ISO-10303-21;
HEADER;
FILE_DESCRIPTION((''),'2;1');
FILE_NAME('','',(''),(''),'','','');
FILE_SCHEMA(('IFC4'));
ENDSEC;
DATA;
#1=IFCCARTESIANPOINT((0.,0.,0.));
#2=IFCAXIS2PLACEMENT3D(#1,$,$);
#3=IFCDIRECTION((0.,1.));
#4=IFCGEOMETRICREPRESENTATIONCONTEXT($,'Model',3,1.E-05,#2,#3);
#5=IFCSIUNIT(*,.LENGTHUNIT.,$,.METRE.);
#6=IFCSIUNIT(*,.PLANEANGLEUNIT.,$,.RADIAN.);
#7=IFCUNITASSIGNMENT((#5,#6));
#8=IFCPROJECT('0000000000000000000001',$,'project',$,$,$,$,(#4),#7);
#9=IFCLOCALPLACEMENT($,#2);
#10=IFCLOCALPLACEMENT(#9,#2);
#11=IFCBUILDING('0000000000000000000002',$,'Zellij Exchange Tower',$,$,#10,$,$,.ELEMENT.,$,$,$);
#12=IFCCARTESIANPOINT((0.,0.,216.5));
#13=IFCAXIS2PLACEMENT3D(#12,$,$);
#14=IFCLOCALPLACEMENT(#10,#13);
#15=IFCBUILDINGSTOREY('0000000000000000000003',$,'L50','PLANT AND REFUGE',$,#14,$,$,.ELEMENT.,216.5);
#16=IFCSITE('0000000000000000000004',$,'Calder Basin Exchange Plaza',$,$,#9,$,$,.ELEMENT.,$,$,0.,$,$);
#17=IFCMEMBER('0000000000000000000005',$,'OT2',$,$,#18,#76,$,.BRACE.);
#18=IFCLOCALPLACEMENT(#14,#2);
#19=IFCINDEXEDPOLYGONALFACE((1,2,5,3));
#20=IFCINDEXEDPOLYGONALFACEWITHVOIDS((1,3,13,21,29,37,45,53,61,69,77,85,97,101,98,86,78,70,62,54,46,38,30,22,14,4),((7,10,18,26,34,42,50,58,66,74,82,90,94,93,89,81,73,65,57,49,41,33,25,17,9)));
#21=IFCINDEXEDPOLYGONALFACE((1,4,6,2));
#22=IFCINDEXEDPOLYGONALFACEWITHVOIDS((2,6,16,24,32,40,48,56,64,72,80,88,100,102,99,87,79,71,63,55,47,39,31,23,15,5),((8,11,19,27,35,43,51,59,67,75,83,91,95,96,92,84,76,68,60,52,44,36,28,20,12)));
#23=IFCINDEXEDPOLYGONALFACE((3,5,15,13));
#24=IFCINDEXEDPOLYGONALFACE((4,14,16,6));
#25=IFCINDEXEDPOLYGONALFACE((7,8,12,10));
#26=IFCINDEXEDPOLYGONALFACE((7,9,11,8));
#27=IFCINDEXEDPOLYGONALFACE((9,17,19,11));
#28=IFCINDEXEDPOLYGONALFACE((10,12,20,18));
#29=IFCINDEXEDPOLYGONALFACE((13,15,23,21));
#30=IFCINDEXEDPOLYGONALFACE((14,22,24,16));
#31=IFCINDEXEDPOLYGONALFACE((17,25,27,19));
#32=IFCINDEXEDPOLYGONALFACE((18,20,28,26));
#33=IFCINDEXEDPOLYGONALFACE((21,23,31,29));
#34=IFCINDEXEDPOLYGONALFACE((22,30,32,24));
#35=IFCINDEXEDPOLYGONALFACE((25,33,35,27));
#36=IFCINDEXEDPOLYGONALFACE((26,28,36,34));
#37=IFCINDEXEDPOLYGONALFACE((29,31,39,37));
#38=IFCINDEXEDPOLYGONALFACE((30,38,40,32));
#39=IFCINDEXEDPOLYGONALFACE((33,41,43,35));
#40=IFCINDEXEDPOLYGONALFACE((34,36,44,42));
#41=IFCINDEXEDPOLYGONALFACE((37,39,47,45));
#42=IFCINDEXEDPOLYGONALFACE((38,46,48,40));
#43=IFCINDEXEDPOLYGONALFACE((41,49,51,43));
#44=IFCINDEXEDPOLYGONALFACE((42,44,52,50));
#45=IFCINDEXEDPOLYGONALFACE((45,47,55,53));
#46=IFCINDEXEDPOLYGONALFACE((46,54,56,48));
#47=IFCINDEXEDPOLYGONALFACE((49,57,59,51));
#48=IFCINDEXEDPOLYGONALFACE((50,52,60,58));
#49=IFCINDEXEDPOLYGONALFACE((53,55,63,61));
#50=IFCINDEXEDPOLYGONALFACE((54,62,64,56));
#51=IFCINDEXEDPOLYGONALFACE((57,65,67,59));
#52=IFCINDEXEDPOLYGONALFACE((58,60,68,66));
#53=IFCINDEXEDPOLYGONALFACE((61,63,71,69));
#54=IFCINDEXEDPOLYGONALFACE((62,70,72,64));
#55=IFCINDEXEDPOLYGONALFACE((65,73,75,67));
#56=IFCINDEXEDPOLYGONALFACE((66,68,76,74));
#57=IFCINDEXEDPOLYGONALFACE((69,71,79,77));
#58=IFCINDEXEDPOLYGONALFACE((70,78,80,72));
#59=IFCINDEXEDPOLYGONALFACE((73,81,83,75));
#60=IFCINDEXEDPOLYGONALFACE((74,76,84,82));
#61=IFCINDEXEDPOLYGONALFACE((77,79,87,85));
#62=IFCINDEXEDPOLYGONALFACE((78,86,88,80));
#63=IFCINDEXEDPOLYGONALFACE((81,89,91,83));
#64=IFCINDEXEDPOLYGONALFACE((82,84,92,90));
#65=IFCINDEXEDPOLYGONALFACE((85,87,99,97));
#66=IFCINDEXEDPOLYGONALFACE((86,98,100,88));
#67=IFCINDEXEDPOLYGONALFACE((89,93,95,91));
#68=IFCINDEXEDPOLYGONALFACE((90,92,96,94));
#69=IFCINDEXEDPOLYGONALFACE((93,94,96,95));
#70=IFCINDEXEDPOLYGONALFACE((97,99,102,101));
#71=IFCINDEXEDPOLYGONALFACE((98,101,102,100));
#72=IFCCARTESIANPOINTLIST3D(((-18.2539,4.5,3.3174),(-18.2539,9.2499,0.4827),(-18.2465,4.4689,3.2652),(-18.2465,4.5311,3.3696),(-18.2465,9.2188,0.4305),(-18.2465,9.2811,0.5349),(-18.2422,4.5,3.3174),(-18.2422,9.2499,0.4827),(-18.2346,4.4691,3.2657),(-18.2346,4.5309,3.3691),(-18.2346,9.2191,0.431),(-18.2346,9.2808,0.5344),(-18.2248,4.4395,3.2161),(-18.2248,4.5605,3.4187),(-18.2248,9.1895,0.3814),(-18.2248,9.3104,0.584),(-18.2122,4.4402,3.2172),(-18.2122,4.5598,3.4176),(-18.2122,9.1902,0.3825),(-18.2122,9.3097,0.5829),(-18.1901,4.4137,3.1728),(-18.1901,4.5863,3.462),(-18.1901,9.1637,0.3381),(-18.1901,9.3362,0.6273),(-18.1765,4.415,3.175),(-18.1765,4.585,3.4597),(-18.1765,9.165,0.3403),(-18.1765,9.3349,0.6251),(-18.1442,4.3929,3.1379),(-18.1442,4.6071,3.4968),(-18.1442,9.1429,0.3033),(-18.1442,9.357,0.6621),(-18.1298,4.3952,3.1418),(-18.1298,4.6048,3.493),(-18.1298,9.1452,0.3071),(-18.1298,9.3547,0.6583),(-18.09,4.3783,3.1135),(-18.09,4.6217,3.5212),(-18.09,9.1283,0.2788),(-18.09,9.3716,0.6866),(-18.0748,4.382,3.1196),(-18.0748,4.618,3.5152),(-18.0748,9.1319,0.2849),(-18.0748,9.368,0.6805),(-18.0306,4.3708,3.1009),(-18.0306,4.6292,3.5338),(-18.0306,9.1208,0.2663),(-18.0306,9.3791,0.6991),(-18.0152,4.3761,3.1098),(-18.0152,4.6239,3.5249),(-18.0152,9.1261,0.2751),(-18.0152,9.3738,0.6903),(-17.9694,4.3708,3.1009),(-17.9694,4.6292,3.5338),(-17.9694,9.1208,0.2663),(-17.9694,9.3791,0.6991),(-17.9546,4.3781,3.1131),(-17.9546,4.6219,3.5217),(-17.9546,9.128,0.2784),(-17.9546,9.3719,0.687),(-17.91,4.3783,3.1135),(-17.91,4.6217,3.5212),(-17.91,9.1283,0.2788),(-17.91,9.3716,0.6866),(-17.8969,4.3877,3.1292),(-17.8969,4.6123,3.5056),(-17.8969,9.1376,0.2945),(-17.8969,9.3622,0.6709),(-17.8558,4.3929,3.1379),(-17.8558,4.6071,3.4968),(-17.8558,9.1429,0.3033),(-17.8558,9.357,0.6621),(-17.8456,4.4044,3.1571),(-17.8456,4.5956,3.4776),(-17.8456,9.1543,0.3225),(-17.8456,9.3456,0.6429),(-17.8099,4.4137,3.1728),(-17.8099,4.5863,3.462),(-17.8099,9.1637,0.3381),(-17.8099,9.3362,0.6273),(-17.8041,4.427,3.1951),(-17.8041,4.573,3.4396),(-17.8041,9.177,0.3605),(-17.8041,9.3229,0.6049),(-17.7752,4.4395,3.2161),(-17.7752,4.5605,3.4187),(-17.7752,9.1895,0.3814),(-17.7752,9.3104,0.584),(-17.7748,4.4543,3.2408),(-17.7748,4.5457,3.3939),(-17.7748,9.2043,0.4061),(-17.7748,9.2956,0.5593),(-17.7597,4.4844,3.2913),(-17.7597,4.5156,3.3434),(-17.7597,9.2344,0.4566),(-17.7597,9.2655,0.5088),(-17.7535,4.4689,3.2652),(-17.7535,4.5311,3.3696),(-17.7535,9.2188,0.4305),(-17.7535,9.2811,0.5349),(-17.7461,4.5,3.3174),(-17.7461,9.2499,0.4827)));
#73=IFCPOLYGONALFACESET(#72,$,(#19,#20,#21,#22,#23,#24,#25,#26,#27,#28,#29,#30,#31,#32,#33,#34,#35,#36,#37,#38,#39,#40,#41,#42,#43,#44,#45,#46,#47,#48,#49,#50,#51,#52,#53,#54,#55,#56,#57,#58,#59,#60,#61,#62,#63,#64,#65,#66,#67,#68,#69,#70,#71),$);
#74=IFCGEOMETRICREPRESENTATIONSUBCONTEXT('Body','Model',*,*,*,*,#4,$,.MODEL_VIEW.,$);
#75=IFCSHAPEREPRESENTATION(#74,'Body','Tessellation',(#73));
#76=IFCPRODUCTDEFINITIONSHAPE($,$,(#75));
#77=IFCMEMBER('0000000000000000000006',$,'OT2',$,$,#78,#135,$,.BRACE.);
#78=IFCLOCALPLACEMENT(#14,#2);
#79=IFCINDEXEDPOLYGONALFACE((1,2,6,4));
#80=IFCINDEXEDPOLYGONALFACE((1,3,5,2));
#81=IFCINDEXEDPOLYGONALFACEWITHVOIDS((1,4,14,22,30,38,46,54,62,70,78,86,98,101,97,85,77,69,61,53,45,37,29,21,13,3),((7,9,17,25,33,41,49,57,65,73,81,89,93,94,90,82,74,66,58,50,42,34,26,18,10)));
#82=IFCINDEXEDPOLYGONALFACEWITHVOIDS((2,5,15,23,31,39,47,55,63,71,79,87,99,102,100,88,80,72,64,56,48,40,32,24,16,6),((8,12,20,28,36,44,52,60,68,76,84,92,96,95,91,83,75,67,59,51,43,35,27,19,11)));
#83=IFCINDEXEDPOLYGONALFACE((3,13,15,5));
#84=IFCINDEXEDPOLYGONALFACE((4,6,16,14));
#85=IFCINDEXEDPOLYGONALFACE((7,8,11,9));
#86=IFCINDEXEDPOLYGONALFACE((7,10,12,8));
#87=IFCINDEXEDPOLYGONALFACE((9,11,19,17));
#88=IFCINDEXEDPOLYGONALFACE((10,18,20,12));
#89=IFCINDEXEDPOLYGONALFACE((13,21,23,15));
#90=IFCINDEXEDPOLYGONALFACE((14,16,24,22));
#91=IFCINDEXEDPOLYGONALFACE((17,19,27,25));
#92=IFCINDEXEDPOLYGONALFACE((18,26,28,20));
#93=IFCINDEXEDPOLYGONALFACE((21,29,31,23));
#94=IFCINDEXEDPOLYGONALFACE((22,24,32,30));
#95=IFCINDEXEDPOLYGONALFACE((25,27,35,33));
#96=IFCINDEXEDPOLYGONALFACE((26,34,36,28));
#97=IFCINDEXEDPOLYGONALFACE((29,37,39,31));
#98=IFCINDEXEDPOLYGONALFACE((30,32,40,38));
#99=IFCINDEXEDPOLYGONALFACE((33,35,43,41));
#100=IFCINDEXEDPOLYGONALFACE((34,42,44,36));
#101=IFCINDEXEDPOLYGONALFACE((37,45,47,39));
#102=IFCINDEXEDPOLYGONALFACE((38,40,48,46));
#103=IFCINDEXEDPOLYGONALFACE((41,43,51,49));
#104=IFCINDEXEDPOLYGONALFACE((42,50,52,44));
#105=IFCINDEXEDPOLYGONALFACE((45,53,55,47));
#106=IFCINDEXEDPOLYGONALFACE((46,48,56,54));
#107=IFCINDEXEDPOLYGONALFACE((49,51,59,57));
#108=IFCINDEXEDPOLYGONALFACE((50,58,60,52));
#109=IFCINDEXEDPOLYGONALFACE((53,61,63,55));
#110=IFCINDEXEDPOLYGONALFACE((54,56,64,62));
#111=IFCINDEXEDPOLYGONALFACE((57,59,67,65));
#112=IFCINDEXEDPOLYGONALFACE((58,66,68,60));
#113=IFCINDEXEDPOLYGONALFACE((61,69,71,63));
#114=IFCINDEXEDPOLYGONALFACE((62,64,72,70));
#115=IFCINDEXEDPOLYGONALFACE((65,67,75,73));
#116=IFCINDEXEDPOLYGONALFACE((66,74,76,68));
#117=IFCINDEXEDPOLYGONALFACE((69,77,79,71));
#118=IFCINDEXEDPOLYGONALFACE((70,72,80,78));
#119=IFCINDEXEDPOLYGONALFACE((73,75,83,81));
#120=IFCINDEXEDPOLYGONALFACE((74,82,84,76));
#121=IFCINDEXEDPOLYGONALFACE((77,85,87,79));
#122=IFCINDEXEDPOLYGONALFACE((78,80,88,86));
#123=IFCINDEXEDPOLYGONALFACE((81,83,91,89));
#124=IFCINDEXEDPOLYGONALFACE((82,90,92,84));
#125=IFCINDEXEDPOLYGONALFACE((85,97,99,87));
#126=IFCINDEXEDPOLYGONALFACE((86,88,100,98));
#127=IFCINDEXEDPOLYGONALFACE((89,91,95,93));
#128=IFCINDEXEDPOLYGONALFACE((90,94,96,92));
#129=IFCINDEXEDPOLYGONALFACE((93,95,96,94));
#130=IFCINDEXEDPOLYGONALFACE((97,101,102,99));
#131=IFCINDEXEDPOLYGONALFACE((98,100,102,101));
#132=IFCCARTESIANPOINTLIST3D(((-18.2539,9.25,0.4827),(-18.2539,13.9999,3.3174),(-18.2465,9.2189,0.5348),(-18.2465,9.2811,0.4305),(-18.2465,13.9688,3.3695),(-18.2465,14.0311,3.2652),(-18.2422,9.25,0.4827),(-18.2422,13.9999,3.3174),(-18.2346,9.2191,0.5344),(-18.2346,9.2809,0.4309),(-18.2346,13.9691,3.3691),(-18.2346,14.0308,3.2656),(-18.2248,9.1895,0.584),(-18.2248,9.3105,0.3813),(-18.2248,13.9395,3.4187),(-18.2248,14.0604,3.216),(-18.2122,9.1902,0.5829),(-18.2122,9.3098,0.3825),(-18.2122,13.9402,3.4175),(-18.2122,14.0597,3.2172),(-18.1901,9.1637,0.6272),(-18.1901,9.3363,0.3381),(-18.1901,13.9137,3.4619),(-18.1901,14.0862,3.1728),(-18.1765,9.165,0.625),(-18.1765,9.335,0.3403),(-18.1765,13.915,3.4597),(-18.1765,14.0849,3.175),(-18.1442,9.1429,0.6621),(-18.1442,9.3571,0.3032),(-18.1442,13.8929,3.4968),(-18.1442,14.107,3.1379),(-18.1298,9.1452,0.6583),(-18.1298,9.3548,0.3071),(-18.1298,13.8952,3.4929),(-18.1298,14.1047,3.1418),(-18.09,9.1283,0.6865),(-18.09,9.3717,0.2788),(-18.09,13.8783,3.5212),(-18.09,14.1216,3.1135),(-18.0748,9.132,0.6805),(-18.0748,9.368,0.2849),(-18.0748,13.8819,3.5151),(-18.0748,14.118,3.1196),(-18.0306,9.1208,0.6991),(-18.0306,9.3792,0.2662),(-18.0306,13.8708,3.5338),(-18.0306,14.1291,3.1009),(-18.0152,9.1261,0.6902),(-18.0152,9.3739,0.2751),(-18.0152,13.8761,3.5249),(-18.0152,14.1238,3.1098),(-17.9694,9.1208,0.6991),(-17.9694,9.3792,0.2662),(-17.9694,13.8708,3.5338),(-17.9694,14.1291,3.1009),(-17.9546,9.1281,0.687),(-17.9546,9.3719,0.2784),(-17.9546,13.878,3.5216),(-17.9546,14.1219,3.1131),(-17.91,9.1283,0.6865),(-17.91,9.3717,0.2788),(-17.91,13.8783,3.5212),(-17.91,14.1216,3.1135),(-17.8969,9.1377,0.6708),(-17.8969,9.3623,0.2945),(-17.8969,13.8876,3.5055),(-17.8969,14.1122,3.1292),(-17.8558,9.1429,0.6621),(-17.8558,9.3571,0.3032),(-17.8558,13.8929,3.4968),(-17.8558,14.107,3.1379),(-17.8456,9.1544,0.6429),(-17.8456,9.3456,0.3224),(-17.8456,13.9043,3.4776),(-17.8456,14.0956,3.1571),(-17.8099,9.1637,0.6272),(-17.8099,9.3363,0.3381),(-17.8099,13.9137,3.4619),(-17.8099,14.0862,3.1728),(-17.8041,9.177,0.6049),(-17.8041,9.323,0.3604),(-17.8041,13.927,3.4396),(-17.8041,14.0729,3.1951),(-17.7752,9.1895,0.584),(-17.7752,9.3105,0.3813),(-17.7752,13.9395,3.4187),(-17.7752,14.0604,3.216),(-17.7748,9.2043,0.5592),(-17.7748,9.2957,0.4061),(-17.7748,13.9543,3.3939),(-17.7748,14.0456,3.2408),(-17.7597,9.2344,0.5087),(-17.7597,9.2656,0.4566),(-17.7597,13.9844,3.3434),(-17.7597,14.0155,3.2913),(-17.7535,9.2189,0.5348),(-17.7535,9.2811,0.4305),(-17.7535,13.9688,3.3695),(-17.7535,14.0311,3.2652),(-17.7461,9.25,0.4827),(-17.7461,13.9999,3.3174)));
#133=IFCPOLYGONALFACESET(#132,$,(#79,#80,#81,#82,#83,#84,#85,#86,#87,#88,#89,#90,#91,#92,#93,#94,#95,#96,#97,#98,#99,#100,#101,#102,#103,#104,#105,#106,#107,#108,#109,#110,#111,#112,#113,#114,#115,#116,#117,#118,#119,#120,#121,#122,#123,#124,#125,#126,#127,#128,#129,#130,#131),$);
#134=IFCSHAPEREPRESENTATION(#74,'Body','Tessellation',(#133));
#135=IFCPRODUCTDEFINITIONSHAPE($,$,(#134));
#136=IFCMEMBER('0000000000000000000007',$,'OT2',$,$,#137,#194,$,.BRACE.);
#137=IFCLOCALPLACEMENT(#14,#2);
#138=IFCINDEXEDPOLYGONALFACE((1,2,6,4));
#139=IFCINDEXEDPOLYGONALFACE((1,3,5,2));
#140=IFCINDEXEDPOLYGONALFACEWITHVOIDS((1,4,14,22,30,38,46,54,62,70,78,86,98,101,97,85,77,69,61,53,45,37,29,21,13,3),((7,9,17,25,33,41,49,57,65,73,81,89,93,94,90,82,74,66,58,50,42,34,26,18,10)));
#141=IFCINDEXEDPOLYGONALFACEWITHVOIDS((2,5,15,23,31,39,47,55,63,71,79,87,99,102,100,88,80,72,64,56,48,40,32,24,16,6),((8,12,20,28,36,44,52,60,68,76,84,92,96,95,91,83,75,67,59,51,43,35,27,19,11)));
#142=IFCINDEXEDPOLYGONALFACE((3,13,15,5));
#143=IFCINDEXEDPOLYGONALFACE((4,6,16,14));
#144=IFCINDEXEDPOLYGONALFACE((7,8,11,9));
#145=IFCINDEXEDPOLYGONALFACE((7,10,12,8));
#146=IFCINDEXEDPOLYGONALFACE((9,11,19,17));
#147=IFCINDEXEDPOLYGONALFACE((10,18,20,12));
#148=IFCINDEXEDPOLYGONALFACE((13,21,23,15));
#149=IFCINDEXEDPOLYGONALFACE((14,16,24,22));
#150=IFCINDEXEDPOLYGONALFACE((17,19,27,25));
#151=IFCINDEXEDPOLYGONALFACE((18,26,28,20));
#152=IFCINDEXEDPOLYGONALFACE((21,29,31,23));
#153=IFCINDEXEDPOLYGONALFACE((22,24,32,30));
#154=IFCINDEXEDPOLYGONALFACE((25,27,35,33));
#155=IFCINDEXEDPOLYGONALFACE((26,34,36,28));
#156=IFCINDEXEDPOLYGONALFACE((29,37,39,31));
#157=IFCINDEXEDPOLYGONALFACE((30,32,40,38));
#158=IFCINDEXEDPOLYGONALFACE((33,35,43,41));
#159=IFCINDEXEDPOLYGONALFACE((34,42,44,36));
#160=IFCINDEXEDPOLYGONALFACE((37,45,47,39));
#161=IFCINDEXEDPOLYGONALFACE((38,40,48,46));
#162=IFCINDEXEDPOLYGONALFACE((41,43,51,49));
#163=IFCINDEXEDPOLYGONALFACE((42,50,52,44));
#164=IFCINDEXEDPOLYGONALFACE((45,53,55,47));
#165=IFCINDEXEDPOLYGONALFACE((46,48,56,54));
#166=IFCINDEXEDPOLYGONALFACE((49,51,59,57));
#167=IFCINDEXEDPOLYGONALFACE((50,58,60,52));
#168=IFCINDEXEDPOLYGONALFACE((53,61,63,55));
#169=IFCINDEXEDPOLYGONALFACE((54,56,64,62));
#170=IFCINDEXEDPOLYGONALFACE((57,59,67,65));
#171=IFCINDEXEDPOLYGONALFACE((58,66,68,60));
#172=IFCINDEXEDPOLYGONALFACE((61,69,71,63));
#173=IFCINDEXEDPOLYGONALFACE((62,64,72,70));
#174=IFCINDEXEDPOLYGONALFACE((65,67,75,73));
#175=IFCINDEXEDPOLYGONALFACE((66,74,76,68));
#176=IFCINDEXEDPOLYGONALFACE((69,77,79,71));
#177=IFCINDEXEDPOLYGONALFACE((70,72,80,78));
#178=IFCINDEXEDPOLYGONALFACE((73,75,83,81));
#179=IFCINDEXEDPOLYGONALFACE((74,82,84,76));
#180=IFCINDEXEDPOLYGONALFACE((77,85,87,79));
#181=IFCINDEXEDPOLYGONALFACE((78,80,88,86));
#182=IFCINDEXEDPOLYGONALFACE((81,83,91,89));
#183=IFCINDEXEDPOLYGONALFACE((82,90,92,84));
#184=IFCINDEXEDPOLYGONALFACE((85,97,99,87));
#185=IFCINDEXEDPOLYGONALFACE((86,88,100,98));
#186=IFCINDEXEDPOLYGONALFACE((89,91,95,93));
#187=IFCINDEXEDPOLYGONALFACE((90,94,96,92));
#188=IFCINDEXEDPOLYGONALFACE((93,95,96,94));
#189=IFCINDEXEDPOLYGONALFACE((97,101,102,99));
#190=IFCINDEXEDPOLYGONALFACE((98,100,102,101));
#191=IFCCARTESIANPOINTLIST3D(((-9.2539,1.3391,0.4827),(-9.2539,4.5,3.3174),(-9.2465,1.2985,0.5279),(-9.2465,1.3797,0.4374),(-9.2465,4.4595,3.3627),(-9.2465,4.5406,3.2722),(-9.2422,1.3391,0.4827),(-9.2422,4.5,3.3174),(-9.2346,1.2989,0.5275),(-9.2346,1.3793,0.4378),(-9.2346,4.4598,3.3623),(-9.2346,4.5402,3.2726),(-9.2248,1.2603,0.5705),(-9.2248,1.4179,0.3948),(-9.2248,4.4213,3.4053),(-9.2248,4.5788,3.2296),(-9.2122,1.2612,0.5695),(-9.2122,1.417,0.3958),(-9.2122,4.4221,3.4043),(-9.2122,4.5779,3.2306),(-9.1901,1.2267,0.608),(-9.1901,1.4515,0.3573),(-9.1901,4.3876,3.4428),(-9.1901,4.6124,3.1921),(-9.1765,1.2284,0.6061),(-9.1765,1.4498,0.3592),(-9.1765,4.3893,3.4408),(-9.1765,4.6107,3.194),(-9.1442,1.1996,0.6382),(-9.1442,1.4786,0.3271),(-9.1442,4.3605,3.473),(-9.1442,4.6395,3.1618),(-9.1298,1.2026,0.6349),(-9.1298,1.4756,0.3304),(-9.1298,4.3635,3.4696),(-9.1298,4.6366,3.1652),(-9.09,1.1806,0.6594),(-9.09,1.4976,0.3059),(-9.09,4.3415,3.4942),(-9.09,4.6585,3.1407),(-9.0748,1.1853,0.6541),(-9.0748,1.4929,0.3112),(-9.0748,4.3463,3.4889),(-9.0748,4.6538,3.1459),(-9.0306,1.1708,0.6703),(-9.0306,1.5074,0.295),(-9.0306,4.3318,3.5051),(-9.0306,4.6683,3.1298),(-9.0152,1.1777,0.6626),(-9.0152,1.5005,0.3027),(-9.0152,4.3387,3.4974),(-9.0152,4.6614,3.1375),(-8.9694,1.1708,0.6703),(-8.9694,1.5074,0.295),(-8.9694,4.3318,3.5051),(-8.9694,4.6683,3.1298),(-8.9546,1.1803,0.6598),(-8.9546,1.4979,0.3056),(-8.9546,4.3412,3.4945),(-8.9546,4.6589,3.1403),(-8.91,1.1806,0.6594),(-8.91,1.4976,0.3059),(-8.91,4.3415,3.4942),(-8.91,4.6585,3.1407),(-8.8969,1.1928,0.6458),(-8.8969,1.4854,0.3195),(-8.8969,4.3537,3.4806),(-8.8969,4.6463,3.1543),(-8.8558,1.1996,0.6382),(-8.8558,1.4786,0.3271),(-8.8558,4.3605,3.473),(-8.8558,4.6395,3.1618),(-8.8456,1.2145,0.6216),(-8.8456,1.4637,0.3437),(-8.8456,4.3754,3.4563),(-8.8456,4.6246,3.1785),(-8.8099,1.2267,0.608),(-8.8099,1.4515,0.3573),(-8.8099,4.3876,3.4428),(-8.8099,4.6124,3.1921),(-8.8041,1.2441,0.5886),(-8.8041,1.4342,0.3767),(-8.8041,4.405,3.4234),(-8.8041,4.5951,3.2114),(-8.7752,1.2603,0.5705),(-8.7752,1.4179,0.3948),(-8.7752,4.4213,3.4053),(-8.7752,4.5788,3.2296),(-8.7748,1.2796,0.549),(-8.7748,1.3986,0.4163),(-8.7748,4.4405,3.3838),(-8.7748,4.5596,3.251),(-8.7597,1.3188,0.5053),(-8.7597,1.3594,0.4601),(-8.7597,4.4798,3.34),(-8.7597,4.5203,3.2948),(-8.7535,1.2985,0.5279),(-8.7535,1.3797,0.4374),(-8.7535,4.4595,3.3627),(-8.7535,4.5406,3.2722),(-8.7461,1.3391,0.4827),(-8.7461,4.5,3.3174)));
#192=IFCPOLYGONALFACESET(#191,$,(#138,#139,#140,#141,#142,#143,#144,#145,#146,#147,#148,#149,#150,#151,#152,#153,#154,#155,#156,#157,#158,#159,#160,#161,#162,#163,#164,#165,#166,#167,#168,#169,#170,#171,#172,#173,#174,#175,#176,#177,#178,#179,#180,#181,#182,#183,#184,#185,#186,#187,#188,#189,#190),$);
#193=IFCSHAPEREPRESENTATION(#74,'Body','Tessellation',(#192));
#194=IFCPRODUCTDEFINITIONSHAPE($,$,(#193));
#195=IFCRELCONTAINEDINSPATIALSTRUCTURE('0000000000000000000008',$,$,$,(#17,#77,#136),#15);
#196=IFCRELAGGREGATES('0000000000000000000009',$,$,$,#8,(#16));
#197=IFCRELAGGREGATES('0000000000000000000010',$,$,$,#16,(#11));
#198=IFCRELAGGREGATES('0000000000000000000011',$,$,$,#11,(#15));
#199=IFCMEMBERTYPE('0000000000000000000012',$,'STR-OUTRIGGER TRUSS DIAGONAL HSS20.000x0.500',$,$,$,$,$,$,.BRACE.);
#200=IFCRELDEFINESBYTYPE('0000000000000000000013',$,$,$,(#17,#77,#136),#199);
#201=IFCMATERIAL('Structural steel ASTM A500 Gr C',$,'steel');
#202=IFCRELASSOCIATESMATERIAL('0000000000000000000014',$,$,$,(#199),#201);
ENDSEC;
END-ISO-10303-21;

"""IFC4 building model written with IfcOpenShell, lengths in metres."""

from ifc_helpers import new_model, si_unit, direction, frame, origin, origin_2d, place, context, subcontext, project, spatial, hollow_circle, extrude, material, material_profile, profile_set, type_object, element, save


model = new_model("IFC4")

# Units and contexts
model_context = context("Model", 3, precision=1e-05, world=origin(), true_north=direction((0.0, 1.0)))
body_context = subcontext(model_context, "Body", "Model", "MODEL_VIEW")
ifc_project = project(units=[si_unit("LENGTHUNIT", "METRE"), si_unit("PLANEANGLEUNIT", "RADIAN")], contexts=[model_context])

# Site, building, storey
site_placement = place(None, origin())
site = spatial("IfcSite", under=ifc_project, at=site_placement, Name="Calder Basin Exchange Plaza", CompositionType="ELEMENT", RefElevation=0.0)
building_placement = place(site_placement, origin())
building = spatial("IfcBuilding", under=site, at=building_placement, Name="Zellij Exchange Tower", CompositionType="ELEMENT")
storey_placement = place(building_placement, frame((0.0, 0.0, 216.5)))
storey = spatial("IfcBuildingStorey", under=building, at=storey_placement, Name="L50", Description="PLANT AND REFUGE", CompositionType="ELEMENT", Elevation=216.5)

# Members
ifc_material_1 = material(Name="Structural steel ASTM A500 Gr C", Category="steel")
ifc_material_profile_1 = material_profile(ifc_material_1, hollow_circle(Radius=0.2539, WallThickness=0.0117, at=origin_2d()), Name="STR-OUTRIGGER TRUSS DIAGONAL HSS20.000x0.500")
ifc_profile_set_1 = profile_set([ifc_material_profile_1], Name="Structural steel ASTM A500 Gr C")
member_type_1 = type_object("IfcMemberType", Name="STR-OUTRIGGER TRUSS DIAGONAL HSS20.000x0.500", PredefinedType="BRACE", material=ifc_profile_set_1)
for number, where, z_axis, x_axis, name in (
    (1, (-18.0, 4.5, 3.3174), (0.0, 0.858709, -0.512463), (-1.0, 0.0, 0.0), "OT2"),
    (2, (-18.0, 9.25, 0.4827), (0.0, 0.858709, 0.512463), (-1.0, 0.0, 0.0), "OT2"),
):
    element("IfcMember", number, at=place(storey_placement, frame(where, z_axis=z_axis, x_axis=x_axis)), inside=storey, type_object=member_type_1, Name=name, PredefinedType="BRACE", context=body_context, shape_type="SweptSolid", body=[
        extrude(hollow_circle(Radius=0.2539, WallThickness=0.0117, at=origin_2d()), origin(), (0.0, 0.0, 1.0), 5.5315),
    ])
member_1_placement = place(storey_placement, frame((-9.0, 1.3391, 0.4827), z_axis=(0.0, 0.744474, 0.667652), x_axis=(-1.0, 0.0, 0.0)))
element("IfcMember", 3, at=member_1_placement, inside=storey, type_object=member_type_1, Name="OT2", PredefinedType="BRACE", context=body_context, shape_type="SweptSolid", body=[
    extrude(hollow_circle(Radius=0.2539, WallThickness=0.0117, at=origin_2d()), origin(), (0.0, 0.0, 1.0), 4.2458),
])

save(model, "model.ifc")
